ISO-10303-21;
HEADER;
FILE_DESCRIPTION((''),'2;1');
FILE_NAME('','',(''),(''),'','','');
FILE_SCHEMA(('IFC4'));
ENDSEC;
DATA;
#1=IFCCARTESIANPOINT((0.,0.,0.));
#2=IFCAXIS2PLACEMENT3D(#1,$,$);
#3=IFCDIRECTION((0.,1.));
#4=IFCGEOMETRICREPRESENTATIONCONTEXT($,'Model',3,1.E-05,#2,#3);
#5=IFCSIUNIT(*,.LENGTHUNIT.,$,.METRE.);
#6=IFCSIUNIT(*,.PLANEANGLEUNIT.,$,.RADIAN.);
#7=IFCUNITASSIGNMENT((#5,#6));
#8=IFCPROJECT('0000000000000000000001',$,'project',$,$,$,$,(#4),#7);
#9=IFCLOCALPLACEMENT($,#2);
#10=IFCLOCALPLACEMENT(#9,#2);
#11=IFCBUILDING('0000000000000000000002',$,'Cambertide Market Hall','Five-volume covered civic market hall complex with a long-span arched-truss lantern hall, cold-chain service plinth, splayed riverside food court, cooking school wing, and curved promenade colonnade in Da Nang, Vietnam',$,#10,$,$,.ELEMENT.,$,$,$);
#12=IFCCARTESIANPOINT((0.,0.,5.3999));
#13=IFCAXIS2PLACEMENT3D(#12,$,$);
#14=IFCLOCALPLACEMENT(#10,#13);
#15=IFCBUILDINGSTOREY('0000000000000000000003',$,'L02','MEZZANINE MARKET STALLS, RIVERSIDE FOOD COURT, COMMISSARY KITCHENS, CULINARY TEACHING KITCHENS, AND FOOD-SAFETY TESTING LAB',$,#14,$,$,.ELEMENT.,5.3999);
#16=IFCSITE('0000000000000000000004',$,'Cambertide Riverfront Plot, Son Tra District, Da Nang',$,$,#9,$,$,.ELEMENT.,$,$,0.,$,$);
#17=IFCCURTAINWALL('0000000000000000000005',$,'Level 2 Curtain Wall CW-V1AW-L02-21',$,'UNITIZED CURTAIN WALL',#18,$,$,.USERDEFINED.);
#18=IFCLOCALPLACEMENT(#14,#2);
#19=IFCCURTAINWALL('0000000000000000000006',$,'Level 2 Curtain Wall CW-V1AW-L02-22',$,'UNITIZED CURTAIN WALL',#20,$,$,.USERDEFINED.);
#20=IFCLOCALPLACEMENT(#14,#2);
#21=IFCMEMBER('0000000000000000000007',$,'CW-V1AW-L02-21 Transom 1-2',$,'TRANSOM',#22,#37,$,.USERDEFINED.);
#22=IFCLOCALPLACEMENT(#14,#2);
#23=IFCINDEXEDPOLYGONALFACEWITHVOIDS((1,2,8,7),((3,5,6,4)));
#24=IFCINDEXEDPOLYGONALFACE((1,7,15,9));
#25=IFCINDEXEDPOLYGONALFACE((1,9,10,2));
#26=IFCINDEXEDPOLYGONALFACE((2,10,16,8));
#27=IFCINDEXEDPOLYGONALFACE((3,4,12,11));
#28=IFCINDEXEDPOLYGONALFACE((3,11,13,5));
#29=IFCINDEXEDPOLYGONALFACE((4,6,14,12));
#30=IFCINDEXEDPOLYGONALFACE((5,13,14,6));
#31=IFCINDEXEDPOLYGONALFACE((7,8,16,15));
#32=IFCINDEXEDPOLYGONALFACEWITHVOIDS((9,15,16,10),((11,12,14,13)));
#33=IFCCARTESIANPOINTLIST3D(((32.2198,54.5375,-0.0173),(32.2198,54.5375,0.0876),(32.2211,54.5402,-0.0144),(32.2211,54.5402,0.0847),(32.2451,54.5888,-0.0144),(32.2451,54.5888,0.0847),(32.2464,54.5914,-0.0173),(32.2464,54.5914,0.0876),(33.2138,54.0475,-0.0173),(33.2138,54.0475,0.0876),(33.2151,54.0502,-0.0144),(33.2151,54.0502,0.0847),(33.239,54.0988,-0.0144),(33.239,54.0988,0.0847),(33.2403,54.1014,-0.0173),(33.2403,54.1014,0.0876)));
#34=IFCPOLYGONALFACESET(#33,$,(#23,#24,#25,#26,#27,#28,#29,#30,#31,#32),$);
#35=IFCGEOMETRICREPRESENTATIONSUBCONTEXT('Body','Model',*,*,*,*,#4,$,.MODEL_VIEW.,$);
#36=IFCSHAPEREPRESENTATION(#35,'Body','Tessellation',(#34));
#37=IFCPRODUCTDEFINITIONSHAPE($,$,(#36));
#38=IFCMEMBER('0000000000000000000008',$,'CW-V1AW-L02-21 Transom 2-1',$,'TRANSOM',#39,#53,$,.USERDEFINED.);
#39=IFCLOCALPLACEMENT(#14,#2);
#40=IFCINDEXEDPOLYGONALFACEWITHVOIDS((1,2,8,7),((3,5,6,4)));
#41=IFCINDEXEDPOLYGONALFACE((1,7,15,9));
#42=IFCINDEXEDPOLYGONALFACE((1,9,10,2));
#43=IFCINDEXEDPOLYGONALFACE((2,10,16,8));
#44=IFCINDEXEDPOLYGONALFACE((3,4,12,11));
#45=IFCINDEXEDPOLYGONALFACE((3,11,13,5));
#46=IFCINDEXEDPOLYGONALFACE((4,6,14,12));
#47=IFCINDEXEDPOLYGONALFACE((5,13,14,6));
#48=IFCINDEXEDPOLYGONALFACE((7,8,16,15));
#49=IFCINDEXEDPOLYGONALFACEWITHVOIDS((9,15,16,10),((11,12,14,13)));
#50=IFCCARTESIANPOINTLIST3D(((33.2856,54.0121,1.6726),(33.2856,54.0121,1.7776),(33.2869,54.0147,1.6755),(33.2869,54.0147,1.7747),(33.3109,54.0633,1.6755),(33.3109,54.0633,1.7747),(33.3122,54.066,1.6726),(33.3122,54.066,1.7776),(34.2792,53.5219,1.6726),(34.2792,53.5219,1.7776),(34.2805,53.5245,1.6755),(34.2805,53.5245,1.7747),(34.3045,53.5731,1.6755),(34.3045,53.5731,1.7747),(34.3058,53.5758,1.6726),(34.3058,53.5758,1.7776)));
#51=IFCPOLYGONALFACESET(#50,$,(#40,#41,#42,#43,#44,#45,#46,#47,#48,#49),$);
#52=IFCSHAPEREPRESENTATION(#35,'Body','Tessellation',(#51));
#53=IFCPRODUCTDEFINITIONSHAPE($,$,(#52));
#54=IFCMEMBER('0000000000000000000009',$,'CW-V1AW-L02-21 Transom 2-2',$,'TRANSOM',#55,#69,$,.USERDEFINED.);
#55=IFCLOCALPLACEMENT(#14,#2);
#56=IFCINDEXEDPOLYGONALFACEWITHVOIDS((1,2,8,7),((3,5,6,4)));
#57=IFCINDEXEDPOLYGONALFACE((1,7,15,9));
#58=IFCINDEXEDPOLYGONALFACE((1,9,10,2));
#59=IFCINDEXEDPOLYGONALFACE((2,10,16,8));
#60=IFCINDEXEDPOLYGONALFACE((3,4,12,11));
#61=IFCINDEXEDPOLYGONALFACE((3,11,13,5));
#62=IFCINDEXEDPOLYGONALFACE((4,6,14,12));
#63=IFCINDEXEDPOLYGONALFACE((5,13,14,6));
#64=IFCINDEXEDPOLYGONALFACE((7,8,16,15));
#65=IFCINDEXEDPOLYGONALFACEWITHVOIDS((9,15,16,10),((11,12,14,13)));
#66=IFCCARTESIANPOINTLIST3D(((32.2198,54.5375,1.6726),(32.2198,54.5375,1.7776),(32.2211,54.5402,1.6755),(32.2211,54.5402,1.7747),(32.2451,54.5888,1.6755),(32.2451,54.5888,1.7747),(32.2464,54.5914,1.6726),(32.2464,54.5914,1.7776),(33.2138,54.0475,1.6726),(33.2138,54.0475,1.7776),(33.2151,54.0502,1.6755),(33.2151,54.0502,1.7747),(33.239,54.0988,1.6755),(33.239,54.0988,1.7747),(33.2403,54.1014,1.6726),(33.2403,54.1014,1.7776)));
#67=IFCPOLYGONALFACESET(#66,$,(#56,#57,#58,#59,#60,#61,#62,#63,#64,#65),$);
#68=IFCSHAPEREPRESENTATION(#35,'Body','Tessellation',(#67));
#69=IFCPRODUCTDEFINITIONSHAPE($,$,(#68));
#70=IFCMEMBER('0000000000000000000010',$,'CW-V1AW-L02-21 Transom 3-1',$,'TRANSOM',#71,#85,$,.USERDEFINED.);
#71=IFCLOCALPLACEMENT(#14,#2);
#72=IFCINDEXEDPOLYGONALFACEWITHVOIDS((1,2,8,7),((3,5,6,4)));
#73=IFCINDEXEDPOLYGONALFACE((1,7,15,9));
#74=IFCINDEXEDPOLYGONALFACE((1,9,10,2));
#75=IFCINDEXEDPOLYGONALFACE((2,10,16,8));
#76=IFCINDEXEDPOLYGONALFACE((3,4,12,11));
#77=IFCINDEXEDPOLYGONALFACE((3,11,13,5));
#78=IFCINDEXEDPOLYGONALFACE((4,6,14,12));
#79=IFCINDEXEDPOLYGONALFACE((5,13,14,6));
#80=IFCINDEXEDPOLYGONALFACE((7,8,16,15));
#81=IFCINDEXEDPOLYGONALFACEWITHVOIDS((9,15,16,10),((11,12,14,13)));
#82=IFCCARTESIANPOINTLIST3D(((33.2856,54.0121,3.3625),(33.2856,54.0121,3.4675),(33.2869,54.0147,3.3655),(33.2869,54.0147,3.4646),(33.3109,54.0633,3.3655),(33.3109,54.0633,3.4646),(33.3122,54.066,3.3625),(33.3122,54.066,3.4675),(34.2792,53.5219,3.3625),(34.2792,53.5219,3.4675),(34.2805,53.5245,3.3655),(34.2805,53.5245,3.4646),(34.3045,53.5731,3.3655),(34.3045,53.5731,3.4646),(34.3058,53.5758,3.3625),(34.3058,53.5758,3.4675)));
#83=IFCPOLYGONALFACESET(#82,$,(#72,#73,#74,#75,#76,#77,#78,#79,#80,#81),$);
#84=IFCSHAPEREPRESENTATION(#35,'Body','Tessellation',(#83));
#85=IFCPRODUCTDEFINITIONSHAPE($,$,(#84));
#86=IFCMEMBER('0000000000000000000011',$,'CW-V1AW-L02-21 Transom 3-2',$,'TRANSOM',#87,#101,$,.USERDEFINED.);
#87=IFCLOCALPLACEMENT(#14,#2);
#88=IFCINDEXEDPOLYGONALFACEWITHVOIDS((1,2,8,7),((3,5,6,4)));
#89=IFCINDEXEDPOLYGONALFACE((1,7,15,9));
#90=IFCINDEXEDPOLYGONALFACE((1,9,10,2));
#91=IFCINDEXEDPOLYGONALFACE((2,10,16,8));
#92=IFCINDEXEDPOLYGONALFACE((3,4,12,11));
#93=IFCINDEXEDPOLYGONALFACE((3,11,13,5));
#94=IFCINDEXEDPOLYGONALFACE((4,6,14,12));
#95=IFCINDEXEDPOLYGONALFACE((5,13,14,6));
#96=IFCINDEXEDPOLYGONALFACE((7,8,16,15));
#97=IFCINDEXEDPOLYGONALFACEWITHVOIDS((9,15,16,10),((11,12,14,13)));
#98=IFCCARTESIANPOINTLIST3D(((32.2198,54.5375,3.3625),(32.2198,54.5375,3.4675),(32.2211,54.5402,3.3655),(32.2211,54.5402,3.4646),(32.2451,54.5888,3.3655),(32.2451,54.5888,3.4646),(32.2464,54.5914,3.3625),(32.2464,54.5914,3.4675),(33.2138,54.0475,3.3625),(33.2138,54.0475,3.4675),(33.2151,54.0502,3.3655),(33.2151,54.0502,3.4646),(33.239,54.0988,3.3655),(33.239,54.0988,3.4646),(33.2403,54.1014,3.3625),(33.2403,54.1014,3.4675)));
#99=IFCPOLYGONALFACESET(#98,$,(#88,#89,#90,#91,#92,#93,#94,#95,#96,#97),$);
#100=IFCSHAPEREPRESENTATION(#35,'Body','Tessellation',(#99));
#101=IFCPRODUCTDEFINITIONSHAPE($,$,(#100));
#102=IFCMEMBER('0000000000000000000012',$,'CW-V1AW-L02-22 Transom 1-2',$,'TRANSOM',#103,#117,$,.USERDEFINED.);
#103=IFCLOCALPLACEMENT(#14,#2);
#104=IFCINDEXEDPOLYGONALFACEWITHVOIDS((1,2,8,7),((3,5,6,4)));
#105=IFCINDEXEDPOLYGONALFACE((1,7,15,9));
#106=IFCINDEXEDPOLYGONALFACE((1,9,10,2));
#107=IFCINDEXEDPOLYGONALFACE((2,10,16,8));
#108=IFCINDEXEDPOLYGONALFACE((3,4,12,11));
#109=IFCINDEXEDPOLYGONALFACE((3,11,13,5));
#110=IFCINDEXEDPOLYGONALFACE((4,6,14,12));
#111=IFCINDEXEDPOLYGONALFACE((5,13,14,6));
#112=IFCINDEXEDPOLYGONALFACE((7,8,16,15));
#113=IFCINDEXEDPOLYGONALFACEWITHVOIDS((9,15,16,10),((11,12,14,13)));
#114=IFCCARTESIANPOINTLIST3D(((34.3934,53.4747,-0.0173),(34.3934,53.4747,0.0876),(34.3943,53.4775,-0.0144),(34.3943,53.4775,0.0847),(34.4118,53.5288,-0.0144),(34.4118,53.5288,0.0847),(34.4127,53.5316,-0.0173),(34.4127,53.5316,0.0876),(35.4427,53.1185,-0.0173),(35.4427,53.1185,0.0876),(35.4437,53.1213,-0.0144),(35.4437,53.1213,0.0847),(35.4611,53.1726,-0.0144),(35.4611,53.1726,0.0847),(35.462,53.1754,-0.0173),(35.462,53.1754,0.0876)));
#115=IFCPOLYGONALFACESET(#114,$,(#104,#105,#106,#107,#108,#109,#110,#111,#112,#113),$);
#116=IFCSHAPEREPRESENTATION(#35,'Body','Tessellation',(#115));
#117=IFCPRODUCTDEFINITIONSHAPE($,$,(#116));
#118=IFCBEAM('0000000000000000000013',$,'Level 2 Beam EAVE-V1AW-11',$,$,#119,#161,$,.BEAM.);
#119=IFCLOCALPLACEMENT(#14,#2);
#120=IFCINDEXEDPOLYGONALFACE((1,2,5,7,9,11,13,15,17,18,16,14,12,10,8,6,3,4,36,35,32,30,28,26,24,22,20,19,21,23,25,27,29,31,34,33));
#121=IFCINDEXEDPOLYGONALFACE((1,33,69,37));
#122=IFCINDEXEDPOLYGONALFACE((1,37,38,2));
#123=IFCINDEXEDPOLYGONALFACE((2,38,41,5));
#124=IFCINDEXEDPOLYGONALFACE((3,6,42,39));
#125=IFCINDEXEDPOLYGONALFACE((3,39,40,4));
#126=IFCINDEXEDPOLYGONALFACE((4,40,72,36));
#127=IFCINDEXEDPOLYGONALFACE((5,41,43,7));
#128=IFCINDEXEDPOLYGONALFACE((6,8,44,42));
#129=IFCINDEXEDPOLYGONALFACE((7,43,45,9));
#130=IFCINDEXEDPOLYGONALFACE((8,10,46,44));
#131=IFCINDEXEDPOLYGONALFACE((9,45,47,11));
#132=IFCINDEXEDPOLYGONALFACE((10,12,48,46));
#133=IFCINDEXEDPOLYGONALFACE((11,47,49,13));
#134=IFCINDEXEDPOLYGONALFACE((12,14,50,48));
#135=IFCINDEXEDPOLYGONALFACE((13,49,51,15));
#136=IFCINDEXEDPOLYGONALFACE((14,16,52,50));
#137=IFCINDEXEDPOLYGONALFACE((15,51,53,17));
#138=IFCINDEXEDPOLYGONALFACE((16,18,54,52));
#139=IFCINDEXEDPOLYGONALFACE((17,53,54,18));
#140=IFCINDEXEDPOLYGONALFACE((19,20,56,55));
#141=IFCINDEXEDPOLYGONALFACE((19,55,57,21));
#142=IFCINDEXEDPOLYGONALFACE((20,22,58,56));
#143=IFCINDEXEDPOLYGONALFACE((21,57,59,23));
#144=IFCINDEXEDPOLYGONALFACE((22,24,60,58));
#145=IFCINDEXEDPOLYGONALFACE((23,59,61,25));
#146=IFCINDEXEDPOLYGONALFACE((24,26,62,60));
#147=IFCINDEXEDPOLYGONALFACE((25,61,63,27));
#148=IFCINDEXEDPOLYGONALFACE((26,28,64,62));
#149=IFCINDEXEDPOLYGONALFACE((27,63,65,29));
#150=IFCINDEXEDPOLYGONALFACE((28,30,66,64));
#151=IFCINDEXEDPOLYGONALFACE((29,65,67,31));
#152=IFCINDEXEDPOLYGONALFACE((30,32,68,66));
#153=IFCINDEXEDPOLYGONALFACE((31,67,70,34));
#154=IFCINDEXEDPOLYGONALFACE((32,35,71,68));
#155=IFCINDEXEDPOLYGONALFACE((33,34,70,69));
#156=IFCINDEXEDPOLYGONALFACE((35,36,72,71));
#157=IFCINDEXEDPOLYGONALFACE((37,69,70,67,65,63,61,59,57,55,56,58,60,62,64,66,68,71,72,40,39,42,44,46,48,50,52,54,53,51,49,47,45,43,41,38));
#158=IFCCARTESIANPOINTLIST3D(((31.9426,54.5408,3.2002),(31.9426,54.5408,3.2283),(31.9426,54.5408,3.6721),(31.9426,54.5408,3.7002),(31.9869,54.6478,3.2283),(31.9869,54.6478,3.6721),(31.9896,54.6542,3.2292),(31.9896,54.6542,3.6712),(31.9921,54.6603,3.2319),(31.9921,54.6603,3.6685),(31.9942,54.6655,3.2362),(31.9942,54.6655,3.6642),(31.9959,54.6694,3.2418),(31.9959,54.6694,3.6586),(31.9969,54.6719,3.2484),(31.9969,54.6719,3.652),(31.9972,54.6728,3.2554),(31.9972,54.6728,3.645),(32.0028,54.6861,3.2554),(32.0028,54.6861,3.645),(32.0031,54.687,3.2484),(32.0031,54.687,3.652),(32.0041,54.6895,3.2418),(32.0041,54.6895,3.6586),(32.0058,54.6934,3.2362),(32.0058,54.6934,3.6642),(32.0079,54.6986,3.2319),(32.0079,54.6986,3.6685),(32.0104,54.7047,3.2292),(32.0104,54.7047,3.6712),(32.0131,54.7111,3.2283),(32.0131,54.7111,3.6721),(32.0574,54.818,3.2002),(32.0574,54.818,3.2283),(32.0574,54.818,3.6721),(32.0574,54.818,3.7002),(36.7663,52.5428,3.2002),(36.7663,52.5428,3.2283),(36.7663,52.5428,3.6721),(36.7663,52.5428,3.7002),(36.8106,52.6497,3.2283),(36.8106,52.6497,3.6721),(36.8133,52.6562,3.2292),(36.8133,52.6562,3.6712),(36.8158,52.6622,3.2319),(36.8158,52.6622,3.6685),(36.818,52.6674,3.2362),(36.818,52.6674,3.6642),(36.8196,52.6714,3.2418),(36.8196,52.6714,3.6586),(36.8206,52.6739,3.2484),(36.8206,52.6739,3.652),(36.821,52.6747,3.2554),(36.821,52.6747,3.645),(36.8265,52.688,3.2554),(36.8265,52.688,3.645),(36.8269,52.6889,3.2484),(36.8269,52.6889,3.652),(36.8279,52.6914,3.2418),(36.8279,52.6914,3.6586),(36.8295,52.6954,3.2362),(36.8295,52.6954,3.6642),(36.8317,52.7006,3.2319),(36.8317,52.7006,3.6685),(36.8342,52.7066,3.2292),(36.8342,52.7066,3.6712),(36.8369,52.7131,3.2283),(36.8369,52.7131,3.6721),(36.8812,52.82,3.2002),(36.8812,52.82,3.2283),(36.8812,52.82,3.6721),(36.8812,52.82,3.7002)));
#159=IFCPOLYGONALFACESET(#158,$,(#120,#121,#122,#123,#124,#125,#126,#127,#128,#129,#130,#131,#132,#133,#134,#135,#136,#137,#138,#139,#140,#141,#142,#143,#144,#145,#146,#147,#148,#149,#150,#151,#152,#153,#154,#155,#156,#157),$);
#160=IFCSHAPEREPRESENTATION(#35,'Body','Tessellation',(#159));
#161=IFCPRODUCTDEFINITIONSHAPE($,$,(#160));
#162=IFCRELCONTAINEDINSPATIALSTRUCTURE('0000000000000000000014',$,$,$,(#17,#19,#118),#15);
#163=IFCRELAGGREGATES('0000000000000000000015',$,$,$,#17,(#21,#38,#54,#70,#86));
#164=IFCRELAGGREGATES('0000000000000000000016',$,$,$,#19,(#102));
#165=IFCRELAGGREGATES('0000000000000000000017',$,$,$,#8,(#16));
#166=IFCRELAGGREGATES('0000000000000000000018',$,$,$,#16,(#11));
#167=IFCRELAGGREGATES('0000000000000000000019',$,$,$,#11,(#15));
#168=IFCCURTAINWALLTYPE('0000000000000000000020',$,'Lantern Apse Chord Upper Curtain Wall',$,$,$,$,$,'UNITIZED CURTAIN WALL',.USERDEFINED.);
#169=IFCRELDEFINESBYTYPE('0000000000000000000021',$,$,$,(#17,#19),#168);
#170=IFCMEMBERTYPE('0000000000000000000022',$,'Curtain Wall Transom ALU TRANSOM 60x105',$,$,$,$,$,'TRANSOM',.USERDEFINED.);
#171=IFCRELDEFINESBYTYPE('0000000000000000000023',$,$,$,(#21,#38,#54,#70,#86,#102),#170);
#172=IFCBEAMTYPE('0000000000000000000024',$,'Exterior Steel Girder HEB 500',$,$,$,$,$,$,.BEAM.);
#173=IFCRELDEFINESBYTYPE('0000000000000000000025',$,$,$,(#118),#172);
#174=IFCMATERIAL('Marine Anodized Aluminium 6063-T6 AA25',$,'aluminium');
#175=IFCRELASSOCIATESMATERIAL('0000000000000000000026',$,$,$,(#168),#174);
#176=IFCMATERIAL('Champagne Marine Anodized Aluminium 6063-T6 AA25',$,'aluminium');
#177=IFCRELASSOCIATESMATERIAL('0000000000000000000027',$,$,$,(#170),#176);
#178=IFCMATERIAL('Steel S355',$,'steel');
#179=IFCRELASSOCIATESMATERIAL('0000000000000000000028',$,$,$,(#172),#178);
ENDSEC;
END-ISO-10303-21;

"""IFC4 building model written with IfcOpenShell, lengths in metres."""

from ifc_helpers import new_model, si_unit, direction, frame, origin, origin_2d, place, context, subcontext, project, spatial, hollow_rectangle, i_section, extrude, material, material_profile, profile_set, type_object, element, aggregate, save


model = new_model("IFC4")

# Units and contexts
model_context = context("Model", 3, precision=1e-05, world=origin(), true_north=direction((0.0, 1.0)))
body_context = subcontext(model_context, "Body", "Model", "MODEL_VIEW")
ifc_project = project(units=[si_unit("LENGTHUNIT", "METRE"), si_unit("PLANEANGLEUNIT", "RADIAN")], contexts=[model_context])

# Site, building, storey
site_placement = place(None, origin())
site = spatial("IfcSite", under=ifc_project, at=site_placement, Name="Cambertide Riverfront Plot, Son Tra District, Da Nang", CompositionType="ELEMENT", RefElevation=0.0)
building_placement = place(site_placement, origin())
building = spatial("IfcBuilding", under=site, at=building_placement, Name="Cambertide Market Hall", Description="Five-volume covered civic market hall complex with a long-span arched-truss lantern hall, cold-chain service plinth, splayed riverside food court, cooking school wing, and curved promenade colonnade in Da Nang, Vietnam", CompositionType="ELEMENT")
storey_placement = place(building_placement, frame((0.0, 0.0, 5.3999)))
storey = spatial("IfcBuildingStorey", under=building, at=storey_placement, Name="L02", Description="MEZZANINE MARKET STALLS, RIVERSIDE FOOD COURT, COMMISSARY KITCHENS, CULINARY TEACHING KITCHENS, AND FOOD-SAFETY TESTING LAB", CompositionType="ELEMENT", Elevation=5.3999)

# Shared definitions
ifc_material_1 = material(Name="Marine Anodized Aluminium 6063-T6 AA25", Category="aluminium")
curtain_wall_type = type_object("IfcCurtainWallType", Name="Lantern Apse Chord Upper Curtain Wall", ElementType="UNITIZED CURTAIN WALL", PredefinedType="USERDEFINED", material=ifc_material_1)

# Curtain wall
curtain_wall_1_placement = place(storey_placement, origin())
curtain_wall_1 = element("IfcCurtainWall", 1, at=curtain_wall_1_placement, inside=storey, type_object=curtain_wall_type, Name="Level 2 Curtain Wall CW-V1AW-L02-21", ObjectType="UNITIZED CURTAIN WALL", PredefinedType="USERDEFINED")

# Curtain wall
curtain_wall_2_placement = place(storey_placement, origin())
curtain_wall_2 = element("IfcCurtainWall", 2, at=curtain_wall_2_placement, inside=storey, type_object=curtain_wall_type, Name="Level 2 Curtain Wall CW-V1AW-L02-22", ObjectType="UNITIZED CURTAIN WALL", PredefinedType="USERDEFINED")

# Members
ifc_material_2 = material(Name="Champagne Marine Anodized Aluminium 6063-T6 AA25", Category="aluminium")
ifc_material_profile_1 = material_profile(ifc_material_2, hollow_rectangle(XDim=0.0601, YDim=0.105, WallThickness=0.0029, at=origin_2d()), Name="ALU TRANSOM 60x105")
ifc_profile_set_1 = profile_set([ifc_material_profile_1], Name="Champagne Marine Anodized Aluminium 6063-T6 AA25")
member_type_1 = type_object("IfcMemberType", Name="Curtain Wall Transom ALU TRANSOM 60x105", ElementType="TRANSOM", PredefinedType="USERDEFINED", material=ifc_profile_set_1)
member_1_placement = place(storey_placement, frame((33.2271, 54.0745, 0.0352), z_axis=(-0.896925, 0.442183, 0.0), x_axis=(-0.442183, -0.896925, 0.0)))
member_1 = element("IfcMember", 3, at=member_1_placement, type_object=member_type_1, Name="CW-V1AW-L02-21 Transom 1-2", ObjectType="TRANSOM", PredefinedType="USERDEFINED", context=body_context, shape_type="SweptSolid", body=[
    extrude(hollow_rectangle(XDim=0.0601, YDim=0.105, WallThickness=0.0029, at=origin_2d()), origin(), (0.0, 0.0, 1.0), 1.1082),
])
member_2_placement = place(storey_placement, frame((34.2925, 53.5488, 1.7251), z_axis=(-0.896794, 0.442448, 0.0), x_axis=(-0.442448, -0.896794, 0.0)))
member_2 = element("IfcMember", 4, at=member_2_placement, type_object=member_type_1, Name="CW-V1AW-L02-21 Transom 2-1", ObjectType="TRANSOM", PredefinedType="USERDEFINED", context=body_context, shape_type="SweptSolid", body=[
    extrude(hollow_rectangle(XDim=0.0601, YDim=0.105, WallThickness=0.0029, at=origin_2d()), origin(), (0.0, 0.0, 1.0), 1.1079),
])
member_3_placement = place(storey_placement, frame((33.2271, 54.0745, 1.7251), z_axis=(-0.896925, 0.442183, 0.0), x_axis=(-0.442183, -0.896925, 0.0)))
member_3 = element("IfcMember", 5, at=member_3_placement, type_object=member_type_1, Name="CW-V1AW-L02-21 Transom 2-2", ObjectType="TRANSOM", PredefinedType="USERDEFINED", context=body_context, shape_type="SweptSolid", body=[
    extrude(hollow_rectangle(XDim=0.0601, YDim=0.105, WallThickness=0.0029, at=origin_2d()), origin(), (0.0, 0.0, 1.0), 1.1082),
])
member_4_placement = place(storey_placement, frame((34.2925, 53.5488, 3.415), z_axis=(-0.896794, 0.442448, 0.0), x_axis=(-0.442448, -0.896794, 0.0)))
member_4 = element("IfcMember", 6, at=member_4_placement, type_object=member_type_1, Name="CW-V1AW-L02-21 Transom 3-1", ObjectType="TRANSOM", PredefinedType="USERDEFINED", context=body_context, shape_type="SweptSolid", body=[
    extrude(hollow_rectangle(XDim=0.0601, YDim=0.105, WallThickness=0.0029, at=origin_2d()), origin(), (0.0, 0.0, 1.0), 1.1079),
])
member_5_placement = place(storey_placement, frame((33.2271, 54.0745, 3.415), z_axis=(-0.896925, 0.442183, 0.0), x_axis=(-0.442183, -0.896925, 0.0)))
member_5 = element("IfcMember", 7, at=member_5_placement, type_object=member_type_1, Name="CW-V1AW-L02-21 Transom 3-2", ObjectType="TRANSOM", PredefinedType="USERDEFINED", context=body_context, shape_type="SweptSolid", body=[
    extrude(hollow_rectangle(XDim=0.0601, YDim=0.105, WallThickness=0.0029, at=origin_2d()), origin(), (0.0, 0.0, 1.0), 1.1082),
])
member_6_placement = place(storey_placement, frame((35.4524, 53.147, 0.0352), z_axis=(-0.946928, 0.321445, 0.0), x_axis=(-0.321445, -0.946928, 0.0)))
member_6 = element("IfcMember", 8, at=member_6_placement, type_object=member_type_1, Name="CW-V1AW-L02-22 Transom 1-2", ObjectType="TRANSOM", PredefinedType="USERDEFINED", context=body_context, shape_type="SweptSolid", body=[
    extrude(hollow_rectangle(XDim=0.0601, YDim=0.105, WallThickness=0.0029, at=origin_2d()), origin(), (0.0, 0.0, 1.0), 1.1082),
])

# Beam
ifc_material_3 = material(Name="Steel S355", Category="steel")
ifc_material_profile_2 = material_profile(ifc_material_3, i_section(OverallWidth=0.3, OverallDepth=0.5, WebThickness=0.0144, FlangeThickness=0.0281, FilletRadius=0.0271, at=origin_2d()), Name="HEB 500")
ifc_profile_set_2 = profile_set([ifc_material_profile_2], Name="Steel S355")
beam_type_1 = type_object("IfcBeamType", Name="Exterior Steel Girder HEB 500", PredefinedType="BEAM", material=ifc_profile_set_2)
beam_1_placement = place(storey_placement, frame((32.0, 54.6794, 3.4502), z_axis=(0.92388, -0.382682, 0.0), x_axis=(0.382682, 0.92388, 0.0)))
element("IfcBeam", 9, at=beam_1_placement, inside=storey, type_object=beam_type_1, Name="Level 2 Beam EAVE-V1AW-11", PredefinedType="BEAM", context=body_context, shape_type="SweptSolid", body=[
    extrude(i_section(OverallWidth=0.3, OverallDepth=0.5, WebThickness=0.0144, FlangeThickness=0.0281, FilletRadius=0.0271, at=origin_2d()), origin(), (0.0, 0.0, 1.0), 5.2212),
])

aggregate(curtain_wall_1, [member_1, member_2, member_3, member_4, member_5])
aggregate(curtain_wall_2, [member_6])

save(model, "model.ifc")
